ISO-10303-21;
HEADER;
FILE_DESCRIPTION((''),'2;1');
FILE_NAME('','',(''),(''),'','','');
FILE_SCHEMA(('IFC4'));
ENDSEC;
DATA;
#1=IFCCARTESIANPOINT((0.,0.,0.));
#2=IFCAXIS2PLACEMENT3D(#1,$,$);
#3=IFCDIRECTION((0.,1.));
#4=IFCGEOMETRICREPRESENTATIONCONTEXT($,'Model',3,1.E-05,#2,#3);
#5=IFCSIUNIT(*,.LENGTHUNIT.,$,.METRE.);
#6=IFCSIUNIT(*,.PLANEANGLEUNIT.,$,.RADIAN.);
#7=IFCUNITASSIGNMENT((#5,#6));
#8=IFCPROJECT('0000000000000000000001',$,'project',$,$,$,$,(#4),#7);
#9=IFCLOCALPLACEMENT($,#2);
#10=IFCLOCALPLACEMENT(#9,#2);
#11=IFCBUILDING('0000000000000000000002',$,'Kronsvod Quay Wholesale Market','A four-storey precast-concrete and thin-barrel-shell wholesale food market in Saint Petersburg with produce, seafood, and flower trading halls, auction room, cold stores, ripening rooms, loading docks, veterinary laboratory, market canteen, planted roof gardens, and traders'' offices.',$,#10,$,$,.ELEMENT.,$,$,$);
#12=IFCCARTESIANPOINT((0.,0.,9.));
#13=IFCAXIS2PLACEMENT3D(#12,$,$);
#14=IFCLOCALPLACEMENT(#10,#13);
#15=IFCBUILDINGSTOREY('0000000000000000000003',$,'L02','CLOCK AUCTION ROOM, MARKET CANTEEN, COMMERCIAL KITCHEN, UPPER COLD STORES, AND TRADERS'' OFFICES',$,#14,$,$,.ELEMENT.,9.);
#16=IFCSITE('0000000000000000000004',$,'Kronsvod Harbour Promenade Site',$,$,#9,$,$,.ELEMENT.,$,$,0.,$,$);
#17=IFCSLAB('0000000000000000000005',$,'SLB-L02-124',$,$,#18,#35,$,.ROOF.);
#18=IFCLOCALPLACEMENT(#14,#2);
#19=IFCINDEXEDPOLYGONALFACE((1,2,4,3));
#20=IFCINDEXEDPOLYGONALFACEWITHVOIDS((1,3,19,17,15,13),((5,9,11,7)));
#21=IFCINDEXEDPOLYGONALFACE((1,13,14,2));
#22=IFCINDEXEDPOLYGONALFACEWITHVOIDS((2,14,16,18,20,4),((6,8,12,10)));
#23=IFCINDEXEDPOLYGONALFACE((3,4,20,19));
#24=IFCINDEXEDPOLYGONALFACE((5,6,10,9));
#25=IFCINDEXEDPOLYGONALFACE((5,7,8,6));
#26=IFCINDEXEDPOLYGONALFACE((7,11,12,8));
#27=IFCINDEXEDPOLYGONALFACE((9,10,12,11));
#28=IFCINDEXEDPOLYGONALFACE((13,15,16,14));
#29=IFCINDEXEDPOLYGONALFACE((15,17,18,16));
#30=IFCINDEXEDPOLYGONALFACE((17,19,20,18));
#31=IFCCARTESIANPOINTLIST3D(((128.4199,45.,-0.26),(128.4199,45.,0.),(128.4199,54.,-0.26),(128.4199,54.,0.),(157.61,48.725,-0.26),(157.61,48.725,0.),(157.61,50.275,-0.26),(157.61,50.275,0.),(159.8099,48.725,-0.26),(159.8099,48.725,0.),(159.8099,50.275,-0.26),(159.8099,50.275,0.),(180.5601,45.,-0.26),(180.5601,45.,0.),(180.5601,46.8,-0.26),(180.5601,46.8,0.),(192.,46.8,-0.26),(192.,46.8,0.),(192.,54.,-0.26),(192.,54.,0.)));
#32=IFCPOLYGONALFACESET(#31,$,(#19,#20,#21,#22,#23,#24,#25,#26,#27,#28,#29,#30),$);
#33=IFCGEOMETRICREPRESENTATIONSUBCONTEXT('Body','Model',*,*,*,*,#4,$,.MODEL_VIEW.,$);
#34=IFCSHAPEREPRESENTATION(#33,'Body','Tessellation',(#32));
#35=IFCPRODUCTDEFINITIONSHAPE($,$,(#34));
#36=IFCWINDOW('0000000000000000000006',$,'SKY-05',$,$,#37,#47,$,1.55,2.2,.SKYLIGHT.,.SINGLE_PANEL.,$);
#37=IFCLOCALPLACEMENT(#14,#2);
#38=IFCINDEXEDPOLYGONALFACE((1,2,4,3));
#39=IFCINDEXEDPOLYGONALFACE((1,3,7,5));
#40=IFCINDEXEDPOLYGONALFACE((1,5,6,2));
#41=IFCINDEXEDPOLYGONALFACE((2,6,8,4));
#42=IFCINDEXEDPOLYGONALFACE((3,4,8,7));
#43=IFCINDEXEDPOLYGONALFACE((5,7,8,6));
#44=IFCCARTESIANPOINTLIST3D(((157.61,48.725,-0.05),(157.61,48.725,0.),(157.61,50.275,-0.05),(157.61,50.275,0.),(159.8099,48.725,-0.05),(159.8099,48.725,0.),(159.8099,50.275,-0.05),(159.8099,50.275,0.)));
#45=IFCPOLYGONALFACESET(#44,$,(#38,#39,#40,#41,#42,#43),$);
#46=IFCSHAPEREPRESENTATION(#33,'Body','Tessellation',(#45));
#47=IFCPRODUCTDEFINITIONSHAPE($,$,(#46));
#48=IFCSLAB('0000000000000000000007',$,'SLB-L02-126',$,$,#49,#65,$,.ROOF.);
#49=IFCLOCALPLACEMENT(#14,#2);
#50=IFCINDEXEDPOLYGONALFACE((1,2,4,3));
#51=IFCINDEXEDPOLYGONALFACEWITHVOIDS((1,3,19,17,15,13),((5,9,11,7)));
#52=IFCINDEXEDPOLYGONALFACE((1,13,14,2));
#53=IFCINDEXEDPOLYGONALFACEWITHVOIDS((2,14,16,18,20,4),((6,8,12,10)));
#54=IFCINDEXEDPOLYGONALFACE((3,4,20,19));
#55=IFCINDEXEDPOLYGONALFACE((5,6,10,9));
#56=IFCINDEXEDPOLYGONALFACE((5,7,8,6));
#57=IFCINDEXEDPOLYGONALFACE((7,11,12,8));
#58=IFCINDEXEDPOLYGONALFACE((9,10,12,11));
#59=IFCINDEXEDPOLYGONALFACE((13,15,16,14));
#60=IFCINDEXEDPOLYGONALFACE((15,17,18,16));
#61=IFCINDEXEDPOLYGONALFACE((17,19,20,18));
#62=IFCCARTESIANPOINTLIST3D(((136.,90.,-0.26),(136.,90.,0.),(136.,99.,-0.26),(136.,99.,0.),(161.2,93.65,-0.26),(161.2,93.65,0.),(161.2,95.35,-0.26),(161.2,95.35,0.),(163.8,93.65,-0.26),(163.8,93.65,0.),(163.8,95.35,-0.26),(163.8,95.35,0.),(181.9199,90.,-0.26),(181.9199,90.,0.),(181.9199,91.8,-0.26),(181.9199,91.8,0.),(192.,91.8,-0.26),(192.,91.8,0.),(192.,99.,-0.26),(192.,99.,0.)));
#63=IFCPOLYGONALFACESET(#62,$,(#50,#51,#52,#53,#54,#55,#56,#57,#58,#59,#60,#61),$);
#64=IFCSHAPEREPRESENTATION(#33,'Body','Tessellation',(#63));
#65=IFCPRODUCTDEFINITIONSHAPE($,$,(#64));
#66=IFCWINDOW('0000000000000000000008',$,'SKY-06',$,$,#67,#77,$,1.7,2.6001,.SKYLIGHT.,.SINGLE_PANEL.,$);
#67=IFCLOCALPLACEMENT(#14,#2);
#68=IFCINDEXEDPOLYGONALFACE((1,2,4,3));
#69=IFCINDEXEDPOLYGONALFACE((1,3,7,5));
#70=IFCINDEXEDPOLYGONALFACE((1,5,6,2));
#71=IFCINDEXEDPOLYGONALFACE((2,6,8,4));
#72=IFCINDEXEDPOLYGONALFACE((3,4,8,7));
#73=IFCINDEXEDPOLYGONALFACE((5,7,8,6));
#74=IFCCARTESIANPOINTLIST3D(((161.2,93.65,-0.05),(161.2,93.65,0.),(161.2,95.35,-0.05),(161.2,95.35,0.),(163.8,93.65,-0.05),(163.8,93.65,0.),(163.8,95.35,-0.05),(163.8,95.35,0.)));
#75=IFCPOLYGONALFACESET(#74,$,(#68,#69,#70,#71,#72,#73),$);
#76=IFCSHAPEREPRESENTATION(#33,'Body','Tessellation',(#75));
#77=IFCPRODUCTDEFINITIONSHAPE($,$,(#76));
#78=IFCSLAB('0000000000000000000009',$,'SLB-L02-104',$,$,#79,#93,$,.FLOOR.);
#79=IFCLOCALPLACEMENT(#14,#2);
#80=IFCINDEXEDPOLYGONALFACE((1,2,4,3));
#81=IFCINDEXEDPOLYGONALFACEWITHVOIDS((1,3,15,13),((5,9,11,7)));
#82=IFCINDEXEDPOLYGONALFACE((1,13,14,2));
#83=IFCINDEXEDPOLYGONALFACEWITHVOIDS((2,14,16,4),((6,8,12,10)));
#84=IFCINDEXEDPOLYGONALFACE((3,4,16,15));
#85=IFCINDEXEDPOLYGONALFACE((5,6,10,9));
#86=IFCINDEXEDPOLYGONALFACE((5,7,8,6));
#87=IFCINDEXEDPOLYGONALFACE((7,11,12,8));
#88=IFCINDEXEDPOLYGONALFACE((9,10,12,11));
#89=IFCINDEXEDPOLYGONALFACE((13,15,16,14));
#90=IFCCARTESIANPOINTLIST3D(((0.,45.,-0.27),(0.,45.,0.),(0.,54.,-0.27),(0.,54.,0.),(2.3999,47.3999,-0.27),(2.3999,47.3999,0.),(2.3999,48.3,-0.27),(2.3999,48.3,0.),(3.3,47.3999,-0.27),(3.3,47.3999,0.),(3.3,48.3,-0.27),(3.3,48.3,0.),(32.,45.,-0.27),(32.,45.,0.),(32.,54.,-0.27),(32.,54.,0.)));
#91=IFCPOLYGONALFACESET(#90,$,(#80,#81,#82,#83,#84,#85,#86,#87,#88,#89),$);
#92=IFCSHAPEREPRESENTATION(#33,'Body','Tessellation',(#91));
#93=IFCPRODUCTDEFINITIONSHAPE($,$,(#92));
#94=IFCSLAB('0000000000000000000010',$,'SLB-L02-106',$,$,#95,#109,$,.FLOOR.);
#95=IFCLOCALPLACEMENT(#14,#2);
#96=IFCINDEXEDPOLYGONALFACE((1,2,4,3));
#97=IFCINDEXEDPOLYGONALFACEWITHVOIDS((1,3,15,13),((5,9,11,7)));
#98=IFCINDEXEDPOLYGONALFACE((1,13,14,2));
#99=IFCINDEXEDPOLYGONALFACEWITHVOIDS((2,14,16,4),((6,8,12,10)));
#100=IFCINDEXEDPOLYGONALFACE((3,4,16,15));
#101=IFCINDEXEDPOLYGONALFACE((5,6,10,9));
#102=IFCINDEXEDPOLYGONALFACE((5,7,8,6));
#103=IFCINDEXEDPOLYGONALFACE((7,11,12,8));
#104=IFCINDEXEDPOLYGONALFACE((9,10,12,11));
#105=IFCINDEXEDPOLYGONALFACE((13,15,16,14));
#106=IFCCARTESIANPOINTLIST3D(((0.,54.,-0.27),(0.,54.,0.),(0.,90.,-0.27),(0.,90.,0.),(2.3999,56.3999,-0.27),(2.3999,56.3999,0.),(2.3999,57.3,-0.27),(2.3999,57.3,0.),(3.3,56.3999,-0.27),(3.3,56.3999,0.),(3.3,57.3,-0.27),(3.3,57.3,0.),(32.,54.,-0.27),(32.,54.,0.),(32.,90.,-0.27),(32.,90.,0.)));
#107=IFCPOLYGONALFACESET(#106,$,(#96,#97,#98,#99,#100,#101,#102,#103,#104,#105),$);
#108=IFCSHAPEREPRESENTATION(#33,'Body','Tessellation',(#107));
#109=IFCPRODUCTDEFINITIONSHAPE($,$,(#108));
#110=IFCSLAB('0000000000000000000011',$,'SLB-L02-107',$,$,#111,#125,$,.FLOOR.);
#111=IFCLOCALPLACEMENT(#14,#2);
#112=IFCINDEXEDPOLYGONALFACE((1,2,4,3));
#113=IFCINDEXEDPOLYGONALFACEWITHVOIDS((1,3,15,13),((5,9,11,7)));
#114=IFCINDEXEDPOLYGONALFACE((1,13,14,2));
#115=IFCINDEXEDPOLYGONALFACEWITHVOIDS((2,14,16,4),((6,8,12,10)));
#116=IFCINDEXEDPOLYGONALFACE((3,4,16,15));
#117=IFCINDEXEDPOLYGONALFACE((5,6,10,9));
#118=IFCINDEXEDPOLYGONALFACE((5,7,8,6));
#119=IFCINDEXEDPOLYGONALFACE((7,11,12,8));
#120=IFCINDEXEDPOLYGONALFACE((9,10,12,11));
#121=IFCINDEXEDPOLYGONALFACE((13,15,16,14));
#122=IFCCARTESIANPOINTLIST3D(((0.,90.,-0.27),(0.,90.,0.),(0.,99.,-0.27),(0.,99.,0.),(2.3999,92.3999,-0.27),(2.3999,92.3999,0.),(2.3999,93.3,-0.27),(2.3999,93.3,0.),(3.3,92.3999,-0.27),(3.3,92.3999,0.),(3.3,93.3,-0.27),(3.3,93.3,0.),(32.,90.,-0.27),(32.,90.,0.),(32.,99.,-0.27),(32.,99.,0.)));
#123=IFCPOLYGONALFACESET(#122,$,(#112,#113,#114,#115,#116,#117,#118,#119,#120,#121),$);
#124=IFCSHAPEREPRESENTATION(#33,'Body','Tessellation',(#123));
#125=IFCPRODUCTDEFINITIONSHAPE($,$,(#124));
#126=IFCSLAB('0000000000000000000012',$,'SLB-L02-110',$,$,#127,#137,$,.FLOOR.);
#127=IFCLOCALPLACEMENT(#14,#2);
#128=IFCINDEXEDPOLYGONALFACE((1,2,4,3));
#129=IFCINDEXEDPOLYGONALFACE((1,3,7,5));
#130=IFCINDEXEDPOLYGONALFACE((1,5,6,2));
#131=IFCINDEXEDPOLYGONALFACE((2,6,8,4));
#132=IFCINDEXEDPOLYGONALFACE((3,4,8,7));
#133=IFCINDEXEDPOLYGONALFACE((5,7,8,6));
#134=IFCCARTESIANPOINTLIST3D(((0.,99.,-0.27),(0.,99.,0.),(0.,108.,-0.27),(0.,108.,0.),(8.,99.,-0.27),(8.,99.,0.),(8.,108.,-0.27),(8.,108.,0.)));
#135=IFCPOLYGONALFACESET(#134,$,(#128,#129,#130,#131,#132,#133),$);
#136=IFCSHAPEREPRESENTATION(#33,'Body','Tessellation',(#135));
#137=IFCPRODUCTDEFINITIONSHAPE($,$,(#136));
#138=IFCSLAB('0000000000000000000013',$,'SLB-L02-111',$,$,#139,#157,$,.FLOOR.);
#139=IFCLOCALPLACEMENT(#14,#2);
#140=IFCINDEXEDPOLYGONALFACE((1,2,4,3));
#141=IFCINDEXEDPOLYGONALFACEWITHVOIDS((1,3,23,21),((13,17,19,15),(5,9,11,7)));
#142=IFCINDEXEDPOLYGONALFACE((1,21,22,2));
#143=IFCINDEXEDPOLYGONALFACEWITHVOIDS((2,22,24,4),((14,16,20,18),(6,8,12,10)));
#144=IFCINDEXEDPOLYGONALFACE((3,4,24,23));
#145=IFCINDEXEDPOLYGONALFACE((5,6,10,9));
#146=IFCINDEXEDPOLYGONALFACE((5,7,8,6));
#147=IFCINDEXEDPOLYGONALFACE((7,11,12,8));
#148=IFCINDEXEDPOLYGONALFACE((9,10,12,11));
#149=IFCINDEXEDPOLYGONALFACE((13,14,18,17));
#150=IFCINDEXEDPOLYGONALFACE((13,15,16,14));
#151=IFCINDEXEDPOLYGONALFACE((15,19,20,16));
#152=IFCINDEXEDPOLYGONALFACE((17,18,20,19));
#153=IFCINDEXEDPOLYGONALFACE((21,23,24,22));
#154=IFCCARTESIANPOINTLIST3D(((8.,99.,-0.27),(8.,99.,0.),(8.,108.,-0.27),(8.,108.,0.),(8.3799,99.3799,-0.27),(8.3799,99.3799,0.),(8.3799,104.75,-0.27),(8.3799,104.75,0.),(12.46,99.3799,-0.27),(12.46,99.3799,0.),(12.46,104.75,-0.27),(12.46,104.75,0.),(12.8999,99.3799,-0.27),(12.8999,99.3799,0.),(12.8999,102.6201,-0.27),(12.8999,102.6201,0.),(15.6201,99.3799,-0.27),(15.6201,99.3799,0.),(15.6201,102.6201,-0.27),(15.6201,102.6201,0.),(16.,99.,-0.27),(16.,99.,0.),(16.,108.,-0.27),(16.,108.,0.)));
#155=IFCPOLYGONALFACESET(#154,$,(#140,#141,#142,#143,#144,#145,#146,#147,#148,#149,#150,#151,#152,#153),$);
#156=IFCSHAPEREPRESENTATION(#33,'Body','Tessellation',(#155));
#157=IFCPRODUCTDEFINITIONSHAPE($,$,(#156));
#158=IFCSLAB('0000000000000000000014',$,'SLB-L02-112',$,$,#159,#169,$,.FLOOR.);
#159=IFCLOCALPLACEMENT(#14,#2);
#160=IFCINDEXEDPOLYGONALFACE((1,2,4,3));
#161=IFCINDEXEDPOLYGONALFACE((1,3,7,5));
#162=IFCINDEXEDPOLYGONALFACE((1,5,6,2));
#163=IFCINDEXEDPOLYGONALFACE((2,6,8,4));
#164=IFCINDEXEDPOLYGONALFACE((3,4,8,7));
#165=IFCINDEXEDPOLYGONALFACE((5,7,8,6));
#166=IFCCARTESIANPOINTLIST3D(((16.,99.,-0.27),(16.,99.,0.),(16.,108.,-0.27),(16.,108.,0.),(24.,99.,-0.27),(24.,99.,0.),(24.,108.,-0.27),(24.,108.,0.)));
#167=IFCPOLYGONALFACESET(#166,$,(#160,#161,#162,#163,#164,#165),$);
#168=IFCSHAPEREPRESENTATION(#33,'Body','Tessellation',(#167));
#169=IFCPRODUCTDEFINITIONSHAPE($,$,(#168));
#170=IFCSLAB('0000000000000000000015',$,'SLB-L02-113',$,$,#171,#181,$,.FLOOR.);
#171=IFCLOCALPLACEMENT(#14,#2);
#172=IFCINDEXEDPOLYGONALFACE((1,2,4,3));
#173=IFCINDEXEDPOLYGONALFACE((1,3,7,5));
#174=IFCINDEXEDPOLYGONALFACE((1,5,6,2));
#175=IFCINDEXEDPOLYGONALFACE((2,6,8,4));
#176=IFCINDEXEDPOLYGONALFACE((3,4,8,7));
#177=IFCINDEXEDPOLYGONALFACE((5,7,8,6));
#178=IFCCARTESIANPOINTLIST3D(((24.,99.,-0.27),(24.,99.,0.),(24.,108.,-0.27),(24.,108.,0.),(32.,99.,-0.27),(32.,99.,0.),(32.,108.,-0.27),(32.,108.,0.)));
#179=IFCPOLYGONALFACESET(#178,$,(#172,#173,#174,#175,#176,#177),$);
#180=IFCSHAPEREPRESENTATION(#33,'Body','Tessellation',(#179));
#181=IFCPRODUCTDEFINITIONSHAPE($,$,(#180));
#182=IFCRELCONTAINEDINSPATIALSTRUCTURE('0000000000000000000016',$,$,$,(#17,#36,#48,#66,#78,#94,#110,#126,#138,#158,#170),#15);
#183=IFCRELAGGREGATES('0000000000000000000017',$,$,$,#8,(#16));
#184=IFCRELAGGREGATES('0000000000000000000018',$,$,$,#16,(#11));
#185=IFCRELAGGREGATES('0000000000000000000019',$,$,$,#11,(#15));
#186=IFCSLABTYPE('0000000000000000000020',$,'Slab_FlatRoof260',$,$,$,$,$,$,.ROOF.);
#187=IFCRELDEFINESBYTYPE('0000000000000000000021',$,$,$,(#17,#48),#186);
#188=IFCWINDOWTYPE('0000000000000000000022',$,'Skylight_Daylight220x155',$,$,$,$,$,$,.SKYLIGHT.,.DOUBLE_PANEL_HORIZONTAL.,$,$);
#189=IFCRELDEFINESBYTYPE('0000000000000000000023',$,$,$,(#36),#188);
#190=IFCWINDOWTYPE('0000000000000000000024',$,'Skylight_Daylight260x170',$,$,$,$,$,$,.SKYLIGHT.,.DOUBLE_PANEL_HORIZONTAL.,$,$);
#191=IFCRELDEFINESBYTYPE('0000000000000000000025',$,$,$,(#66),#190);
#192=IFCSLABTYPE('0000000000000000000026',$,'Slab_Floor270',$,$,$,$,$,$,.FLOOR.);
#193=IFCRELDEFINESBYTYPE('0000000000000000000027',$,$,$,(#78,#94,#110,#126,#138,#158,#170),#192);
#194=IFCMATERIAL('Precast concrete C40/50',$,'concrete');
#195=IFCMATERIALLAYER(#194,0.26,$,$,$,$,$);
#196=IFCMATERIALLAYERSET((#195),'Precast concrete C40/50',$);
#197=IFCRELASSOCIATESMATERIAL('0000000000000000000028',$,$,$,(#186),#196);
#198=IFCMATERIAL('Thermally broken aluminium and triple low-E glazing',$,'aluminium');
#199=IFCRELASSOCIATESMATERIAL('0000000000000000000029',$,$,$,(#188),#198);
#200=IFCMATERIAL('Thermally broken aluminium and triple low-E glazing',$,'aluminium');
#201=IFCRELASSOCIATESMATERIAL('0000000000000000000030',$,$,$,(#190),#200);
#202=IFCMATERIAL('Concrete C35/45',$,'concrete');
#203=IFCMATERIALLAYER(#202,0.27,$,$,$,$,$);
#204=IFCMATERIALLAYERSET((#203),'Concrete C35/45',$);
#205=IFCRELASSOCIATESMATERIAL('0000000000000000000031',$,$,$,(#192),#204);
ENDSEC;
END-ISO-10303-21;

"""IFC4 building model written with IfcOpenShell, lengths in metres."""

from ifc_helpers import new_model, si_unit, direction, frame, origin, origin_2d, place, context, subcontext, project, spatial, polyline, rectangle, outline, extrude, material, layer, layer_set, type_object, element, fill, save


model = new_model("IFC4")

# Units and contexts
model_context = context("Model", 3, precision=1e-05, world=origin(), true_north=direction((0.0, 1.0)))
body_context = subcontext(model_context, "Body", "Model", "MODEL_VIEW")
ifc_project = project(units=[si_unit("LENGTHUNIT", "METRE"), si_unit("PLANEANGLEUNIT", "RADIAN")], contexts=[model_context])

# Site, building, storey
site_placement = place(None, origin())
site = spatial("IfcSite", under=ifc_project, at=site_placement, Name="Kronsvod Harbour Promenade Site", CompositionType="ELEMENT", RefElevation=0.0)
building_placement = place(site_placement, origin())
building = spatial("IfcBuilding", under=site, at=building_placement, Name="Kronsvod Quay Wholesale Market", Description="A four-storey precast-concrete and thin-barrel-shell wholesale food market in Saint Petersburg with produce, seafood, and flower trading halls, auction room, cold stores, ripening rooms, loading docks, veterinary laboratory, market canteen, planted roof gardens, and traders' offices.", CompositionType="ELEMENT")
storey_placement = place(building_placement, frame((0.0, 0.0, 9.0)))
storey = spatial("IfcBuildingStorey", under=building, at=storey_placement, Name="L02", Description="CLOCK AUCTION ROOM, MARKET CANTEEN, COMMERCIAL KITCHEN, UPPER COLD STORES, AND TRADERS' OFFICES", CompositionType="ELEMENT", Elevation=9.0)

# Shared definitions
ifc_material_1 = material(Name="Precast concrete C40/50", Category="concrete")
ifc_layer_1 = layer(ifc_material_1, 0.26)
ifc_layer_set_1 = layer_set([ifc_layer_1], Name="Precast concrete C40/50")
slab_type_1 = type_object("IfcSlabType", Name="Slab_FlatRoof260", PredefinedType="ROOF", material=ifc_layer_set_1)

# Slabs, openings, windows
slab_1_placement = place(storey_placement, frame((0.0, 0.0, -0.26)))
slab_1 = element("IfcSlab", 1, at=slab_1_placement, inside=storey, type_object=slab_type_1, Name="SLB-L02-124", PredefinedType="ROOF", context=body_context, shape_type="SweptSolid", body=[
    extrude(outline(polyline([(128.4199, 45.0), (180.5601, 45.0), (180.5601, 46.8), (192.0, 46.8), (192.0, 54.0), (128.4199, 54.0), (128.4199, 45.0)])), origin(), (0.0, 0.0, 1.0), 0.26),
])
opening_1_placement = place(slab_1_placement, frame((158.71, 49.5, 0.0)))
opening_1 = element("IfcOpeningElement", 2, at=opening_1_placement, cuts=slab_1, PredefinedType="OPENING", context=body_context, shape_type="SweptSolid", body=[
    extrude(rectangle(XDim=2.2, YDim=1.55, at=origin_2d()), frame((0.0, 0.0, -0.01)), (0.0, 0.0, 1.0), 0.28),
])
ifc_material_2 = material(Name="Thermally broken aluminium and triple low-E glazing", Category="aluminium")
window_type_1 = type_object("IfcWindowType", Name="Skylight_Daylight220x155", PartitioningType="DOUBLE_PANEL_HORIZONTAL", PredefinedType="SKYLIGHT", material=ifc_material_2)
window_1_placement = place(opening_1_placement, frame((0.0, 0.0, 0.21)))
window_1 = element("IfcWindow", 3, at=window_1_placement, inside=storey, type_object=window_type_1, Name="SKY-05", OverallHeight=1.55, OverallWidth=2.2, PartitioningType="SINGLE_PANEL", PredefinedType="SKYLIGHT", context=body_context, shape_type="SweptSolid", body=[
    extrude(rectangle(XDim=2.2, YDim=1.55, at=origin_2d()), origin(), (0.0, 0.0, 1.0), 0.05),
])
fill(opening_1, window_1)
slab_2_placement = place(storey_placement, frame((0.0, 0.0, -0.26)))
slab_2 = element("IfcSlab", 4, at=slab_2_placement, inside=storey, type_object=slab_type_1, Name="SLB-L02-126", PredefinedType="ROOF", context=body_context, shape_type="SweptSolid", body=[
    extrude(outline(polyline([(136.0, 90.0), (181.9199, 90.0), (181.9199, 91.8), (192.0, 91.8), (192.0, 99.0), (136.0, 99.0), (136.0, 90.0)])), origin(), (0.0, 0.0, 1.0), 0.26),
])
opening_2_placement = place(slab_2_placement, frame((162.5, 94.5, 0.0)))
opening_2 = element("IfcOpeningElement", 5, at=opening_2_placement, cuts=slab_2, PredefinedType="OPENING", context=body_context, shape_type="SweptSolid", body=[
    extrude(rectangle(XDim=2.6001, YDim=1.7, at=origin_2d()), frame((0.0, 0.0, -0.01)), (0.0, 0.0, 1.0), 0.28),
])
ifc_material_3 = material(Name="Thermally broken aluminium and triple low-E glazing", Category="aluminium")
window_type_2 = type_object("IfcWindowType", Name="Skylight_Daylight260x170", PartitioningType="DOUBLE_PANEL_HORIZONTAL", PredefinedType="SKYLIGHT", material=ifc_material_3)
window_2_placement = place(opening_2_placement, frame((0.0, 0.0, 0.21)))
window_2 = element("IfcWindow", 6, at=window_2_placement, inside=storey, type_object=window_type_2, Name="SKY-06", OverallHeight=1.7, OverallWidth=2.6001, PartitioningType="SINGLE_PANEL", PredefinedType="SKYLIGHT", context=body_context, shape_type="SweptSolid", body=[
    extrude(rectangle(XDim=2.6001, YDim=1.7, at=origin_2d()), origin(), (0.0, 0.0, 1.0), 0.05),
])
fill(opening_2, window_2)

# Slabs
ifc_material_4 = material(Name="Concrete C35/45", Category="concrete")
ifc_layer_2 = layer(ifc_material_4, 0.27)
ifc_layer_set_2 = layer_set([ifc_layer_2], Name="Concrete C35/45")
slab_type_2 = type_object("IfcSlabType", Name="Slab_Floor270", PredefinedType="FLOOR", material=ifc_layer_set_2)
slab_3_placement = place(storey_placement, frame((0.0, 0.0, -0.27)))
element("IfcSlab", 7, at=slab_3_placement, inside=storey, type_object=slab_type_2, Name="SLB-L02-104", PredefinedType="FLOOR", context=body_context, shape_type="SweptSolid", body=[
    extrude(outline(polyline([(0.0, 45.0), (32.0, 45.0), (32.0, 54.0), (0.0, 54.0), (0.0, 45.0)]), holes=[polyline([(2.3999, 47.3999), (3.3, 47.3999), (3.3, 48.3), (2.3999, 48.3), (2.3999, 47.3999)])]), origin(), (0.0, 0.0, 1.0), 0.27),
])
slab_4_placement = place(storey_placement, frame((0.0, 0.0, -0.27)))
element("IfcSlab", 8, at=slab_4_placement, inside=storey, type_object=slab_type_2, Name="SLB-L02-106", PredefinedType="FLOOR", context=body_context, shape_type="SweptSolid", body=[
    extrude(outline(polyline([(0.0, 54.0), (32.0, 54.0), (32.0, 90.0), (0.0, 90.0), (0.0, 54.0)]), holes=[polyline([(2.3999, 56.3999), (3.3, 56.3999), (3.3, 57.3), (2.3999, 57.3), (2.3999, 56.3999)])]), origin(), (0.0, 0.0, 1.0), 0.27),
])
slab_5_placement = place(storey_placement, frame((0.0, 0.0, -0.27)))
element("IfcSlab", 9, at=slab_5_placement, inside=storey, type_object=slab_type_2, Name="SLB-L02-107", PredefinedType="FLOOR", context=body_context, shape_type="SweptSolid", body=[
    extrude(outline(polyline([(0.0, 90.0), (32.0, 90.0), (32.0, 99.0), (0.0, 99.0), (0.0, 90.0)]), holes=[polyline([(2.3999, 92.3999), (3.3, 92.3999), (3.3, 93.3), (2.3999, 93.3), (2.3999, 92.3999)])]), origin(), (0.0, 0.0, 1.0), 0.27),
])
slab_6_placement = place(storey_placement, frame((0.0, 0.0, -0.27)))
element("IfcSlab", 10, at=slab_6_placement, inside=storey, type_object=slab_type_2, Name="SLB-L02-110", PredefinedType="FLOOR", context=body_context, shape_type="SweptSolid", body=[
    extrude(outline(polyline([(0.0, 99.0), (8.0, 99.0), (8.0, 108.0), (0.0, 108.0), (0.0, 99.0)])), origin(), (0.0, 0.0, 1.0), 0.27),
])
slab_7_placement = place(storey_placement, frame((0.0, 0.0, -0.27)))
element("IfcSlab", 11, at=slab_7_placement, inside=storey, type_object=slab_type_2, Name="SLB-L02-111", PredefinedType="FLOOR", context=body_context, shape_type="SweptSolid", body=[
    extrude(outline(polyline([(8.0, 99.0), (16.0, 99.0), (16.0, 108.0), (8.0, 108.0), (8.0, 99.0)]), holes=[polyline([(8.3799, 99.3799), (12.46, 99.3799), (12.46, 104.75), (8.3799, 104.75), (8.3799, 99.3799)]), polyline([(12.8999, 99.3799), (15.6201, 99.3799), (15.6201, 102.6201), (12.8999, 102.6201), (12.8999, 99.3799)])]), origin(), (0.0, 0.0, 1.0), 0.27),
])
slab_8_placement = place(storey_placement, frame((0.0, 0.0, -0.27)))
element("IfcSlab", 12, at=slab_8_placement, inside=storey, type_object=slab_type_2, Name="SLB-L02-112", PredefinedType="FLOOR", context=body_context, shape_type="SweptSolid", body=[
    extrude(outline(polyline([(16.0, 99.0), (24.0, 99.0), (24.0, 108.0), (16.0, 108.0), (16.0, 99.0)])), origin(), (0.0, 0.0, 1.0), 0.27),
])
slab_9_placement = place(storey_placement, frame((0.0, 0.0, -0.27)))
element("IfcSlab", 13, at=slab_9_placement, inside=storey, type_object=slab_type_2, Name="SLB-L02-113", PredefinedType="FLOOR", context=body_context, shape_type="SweptSolid", body=[
    extrude(outline(polyline([(24.0, 99.0), (32.0, 99.0), (32.0, 108.0), (24.0, 108.0), (24.0, 99.0)])), origin(), (0.0, 0.0, 1.0), 0.27),
])

save(model, "model.ifc")
